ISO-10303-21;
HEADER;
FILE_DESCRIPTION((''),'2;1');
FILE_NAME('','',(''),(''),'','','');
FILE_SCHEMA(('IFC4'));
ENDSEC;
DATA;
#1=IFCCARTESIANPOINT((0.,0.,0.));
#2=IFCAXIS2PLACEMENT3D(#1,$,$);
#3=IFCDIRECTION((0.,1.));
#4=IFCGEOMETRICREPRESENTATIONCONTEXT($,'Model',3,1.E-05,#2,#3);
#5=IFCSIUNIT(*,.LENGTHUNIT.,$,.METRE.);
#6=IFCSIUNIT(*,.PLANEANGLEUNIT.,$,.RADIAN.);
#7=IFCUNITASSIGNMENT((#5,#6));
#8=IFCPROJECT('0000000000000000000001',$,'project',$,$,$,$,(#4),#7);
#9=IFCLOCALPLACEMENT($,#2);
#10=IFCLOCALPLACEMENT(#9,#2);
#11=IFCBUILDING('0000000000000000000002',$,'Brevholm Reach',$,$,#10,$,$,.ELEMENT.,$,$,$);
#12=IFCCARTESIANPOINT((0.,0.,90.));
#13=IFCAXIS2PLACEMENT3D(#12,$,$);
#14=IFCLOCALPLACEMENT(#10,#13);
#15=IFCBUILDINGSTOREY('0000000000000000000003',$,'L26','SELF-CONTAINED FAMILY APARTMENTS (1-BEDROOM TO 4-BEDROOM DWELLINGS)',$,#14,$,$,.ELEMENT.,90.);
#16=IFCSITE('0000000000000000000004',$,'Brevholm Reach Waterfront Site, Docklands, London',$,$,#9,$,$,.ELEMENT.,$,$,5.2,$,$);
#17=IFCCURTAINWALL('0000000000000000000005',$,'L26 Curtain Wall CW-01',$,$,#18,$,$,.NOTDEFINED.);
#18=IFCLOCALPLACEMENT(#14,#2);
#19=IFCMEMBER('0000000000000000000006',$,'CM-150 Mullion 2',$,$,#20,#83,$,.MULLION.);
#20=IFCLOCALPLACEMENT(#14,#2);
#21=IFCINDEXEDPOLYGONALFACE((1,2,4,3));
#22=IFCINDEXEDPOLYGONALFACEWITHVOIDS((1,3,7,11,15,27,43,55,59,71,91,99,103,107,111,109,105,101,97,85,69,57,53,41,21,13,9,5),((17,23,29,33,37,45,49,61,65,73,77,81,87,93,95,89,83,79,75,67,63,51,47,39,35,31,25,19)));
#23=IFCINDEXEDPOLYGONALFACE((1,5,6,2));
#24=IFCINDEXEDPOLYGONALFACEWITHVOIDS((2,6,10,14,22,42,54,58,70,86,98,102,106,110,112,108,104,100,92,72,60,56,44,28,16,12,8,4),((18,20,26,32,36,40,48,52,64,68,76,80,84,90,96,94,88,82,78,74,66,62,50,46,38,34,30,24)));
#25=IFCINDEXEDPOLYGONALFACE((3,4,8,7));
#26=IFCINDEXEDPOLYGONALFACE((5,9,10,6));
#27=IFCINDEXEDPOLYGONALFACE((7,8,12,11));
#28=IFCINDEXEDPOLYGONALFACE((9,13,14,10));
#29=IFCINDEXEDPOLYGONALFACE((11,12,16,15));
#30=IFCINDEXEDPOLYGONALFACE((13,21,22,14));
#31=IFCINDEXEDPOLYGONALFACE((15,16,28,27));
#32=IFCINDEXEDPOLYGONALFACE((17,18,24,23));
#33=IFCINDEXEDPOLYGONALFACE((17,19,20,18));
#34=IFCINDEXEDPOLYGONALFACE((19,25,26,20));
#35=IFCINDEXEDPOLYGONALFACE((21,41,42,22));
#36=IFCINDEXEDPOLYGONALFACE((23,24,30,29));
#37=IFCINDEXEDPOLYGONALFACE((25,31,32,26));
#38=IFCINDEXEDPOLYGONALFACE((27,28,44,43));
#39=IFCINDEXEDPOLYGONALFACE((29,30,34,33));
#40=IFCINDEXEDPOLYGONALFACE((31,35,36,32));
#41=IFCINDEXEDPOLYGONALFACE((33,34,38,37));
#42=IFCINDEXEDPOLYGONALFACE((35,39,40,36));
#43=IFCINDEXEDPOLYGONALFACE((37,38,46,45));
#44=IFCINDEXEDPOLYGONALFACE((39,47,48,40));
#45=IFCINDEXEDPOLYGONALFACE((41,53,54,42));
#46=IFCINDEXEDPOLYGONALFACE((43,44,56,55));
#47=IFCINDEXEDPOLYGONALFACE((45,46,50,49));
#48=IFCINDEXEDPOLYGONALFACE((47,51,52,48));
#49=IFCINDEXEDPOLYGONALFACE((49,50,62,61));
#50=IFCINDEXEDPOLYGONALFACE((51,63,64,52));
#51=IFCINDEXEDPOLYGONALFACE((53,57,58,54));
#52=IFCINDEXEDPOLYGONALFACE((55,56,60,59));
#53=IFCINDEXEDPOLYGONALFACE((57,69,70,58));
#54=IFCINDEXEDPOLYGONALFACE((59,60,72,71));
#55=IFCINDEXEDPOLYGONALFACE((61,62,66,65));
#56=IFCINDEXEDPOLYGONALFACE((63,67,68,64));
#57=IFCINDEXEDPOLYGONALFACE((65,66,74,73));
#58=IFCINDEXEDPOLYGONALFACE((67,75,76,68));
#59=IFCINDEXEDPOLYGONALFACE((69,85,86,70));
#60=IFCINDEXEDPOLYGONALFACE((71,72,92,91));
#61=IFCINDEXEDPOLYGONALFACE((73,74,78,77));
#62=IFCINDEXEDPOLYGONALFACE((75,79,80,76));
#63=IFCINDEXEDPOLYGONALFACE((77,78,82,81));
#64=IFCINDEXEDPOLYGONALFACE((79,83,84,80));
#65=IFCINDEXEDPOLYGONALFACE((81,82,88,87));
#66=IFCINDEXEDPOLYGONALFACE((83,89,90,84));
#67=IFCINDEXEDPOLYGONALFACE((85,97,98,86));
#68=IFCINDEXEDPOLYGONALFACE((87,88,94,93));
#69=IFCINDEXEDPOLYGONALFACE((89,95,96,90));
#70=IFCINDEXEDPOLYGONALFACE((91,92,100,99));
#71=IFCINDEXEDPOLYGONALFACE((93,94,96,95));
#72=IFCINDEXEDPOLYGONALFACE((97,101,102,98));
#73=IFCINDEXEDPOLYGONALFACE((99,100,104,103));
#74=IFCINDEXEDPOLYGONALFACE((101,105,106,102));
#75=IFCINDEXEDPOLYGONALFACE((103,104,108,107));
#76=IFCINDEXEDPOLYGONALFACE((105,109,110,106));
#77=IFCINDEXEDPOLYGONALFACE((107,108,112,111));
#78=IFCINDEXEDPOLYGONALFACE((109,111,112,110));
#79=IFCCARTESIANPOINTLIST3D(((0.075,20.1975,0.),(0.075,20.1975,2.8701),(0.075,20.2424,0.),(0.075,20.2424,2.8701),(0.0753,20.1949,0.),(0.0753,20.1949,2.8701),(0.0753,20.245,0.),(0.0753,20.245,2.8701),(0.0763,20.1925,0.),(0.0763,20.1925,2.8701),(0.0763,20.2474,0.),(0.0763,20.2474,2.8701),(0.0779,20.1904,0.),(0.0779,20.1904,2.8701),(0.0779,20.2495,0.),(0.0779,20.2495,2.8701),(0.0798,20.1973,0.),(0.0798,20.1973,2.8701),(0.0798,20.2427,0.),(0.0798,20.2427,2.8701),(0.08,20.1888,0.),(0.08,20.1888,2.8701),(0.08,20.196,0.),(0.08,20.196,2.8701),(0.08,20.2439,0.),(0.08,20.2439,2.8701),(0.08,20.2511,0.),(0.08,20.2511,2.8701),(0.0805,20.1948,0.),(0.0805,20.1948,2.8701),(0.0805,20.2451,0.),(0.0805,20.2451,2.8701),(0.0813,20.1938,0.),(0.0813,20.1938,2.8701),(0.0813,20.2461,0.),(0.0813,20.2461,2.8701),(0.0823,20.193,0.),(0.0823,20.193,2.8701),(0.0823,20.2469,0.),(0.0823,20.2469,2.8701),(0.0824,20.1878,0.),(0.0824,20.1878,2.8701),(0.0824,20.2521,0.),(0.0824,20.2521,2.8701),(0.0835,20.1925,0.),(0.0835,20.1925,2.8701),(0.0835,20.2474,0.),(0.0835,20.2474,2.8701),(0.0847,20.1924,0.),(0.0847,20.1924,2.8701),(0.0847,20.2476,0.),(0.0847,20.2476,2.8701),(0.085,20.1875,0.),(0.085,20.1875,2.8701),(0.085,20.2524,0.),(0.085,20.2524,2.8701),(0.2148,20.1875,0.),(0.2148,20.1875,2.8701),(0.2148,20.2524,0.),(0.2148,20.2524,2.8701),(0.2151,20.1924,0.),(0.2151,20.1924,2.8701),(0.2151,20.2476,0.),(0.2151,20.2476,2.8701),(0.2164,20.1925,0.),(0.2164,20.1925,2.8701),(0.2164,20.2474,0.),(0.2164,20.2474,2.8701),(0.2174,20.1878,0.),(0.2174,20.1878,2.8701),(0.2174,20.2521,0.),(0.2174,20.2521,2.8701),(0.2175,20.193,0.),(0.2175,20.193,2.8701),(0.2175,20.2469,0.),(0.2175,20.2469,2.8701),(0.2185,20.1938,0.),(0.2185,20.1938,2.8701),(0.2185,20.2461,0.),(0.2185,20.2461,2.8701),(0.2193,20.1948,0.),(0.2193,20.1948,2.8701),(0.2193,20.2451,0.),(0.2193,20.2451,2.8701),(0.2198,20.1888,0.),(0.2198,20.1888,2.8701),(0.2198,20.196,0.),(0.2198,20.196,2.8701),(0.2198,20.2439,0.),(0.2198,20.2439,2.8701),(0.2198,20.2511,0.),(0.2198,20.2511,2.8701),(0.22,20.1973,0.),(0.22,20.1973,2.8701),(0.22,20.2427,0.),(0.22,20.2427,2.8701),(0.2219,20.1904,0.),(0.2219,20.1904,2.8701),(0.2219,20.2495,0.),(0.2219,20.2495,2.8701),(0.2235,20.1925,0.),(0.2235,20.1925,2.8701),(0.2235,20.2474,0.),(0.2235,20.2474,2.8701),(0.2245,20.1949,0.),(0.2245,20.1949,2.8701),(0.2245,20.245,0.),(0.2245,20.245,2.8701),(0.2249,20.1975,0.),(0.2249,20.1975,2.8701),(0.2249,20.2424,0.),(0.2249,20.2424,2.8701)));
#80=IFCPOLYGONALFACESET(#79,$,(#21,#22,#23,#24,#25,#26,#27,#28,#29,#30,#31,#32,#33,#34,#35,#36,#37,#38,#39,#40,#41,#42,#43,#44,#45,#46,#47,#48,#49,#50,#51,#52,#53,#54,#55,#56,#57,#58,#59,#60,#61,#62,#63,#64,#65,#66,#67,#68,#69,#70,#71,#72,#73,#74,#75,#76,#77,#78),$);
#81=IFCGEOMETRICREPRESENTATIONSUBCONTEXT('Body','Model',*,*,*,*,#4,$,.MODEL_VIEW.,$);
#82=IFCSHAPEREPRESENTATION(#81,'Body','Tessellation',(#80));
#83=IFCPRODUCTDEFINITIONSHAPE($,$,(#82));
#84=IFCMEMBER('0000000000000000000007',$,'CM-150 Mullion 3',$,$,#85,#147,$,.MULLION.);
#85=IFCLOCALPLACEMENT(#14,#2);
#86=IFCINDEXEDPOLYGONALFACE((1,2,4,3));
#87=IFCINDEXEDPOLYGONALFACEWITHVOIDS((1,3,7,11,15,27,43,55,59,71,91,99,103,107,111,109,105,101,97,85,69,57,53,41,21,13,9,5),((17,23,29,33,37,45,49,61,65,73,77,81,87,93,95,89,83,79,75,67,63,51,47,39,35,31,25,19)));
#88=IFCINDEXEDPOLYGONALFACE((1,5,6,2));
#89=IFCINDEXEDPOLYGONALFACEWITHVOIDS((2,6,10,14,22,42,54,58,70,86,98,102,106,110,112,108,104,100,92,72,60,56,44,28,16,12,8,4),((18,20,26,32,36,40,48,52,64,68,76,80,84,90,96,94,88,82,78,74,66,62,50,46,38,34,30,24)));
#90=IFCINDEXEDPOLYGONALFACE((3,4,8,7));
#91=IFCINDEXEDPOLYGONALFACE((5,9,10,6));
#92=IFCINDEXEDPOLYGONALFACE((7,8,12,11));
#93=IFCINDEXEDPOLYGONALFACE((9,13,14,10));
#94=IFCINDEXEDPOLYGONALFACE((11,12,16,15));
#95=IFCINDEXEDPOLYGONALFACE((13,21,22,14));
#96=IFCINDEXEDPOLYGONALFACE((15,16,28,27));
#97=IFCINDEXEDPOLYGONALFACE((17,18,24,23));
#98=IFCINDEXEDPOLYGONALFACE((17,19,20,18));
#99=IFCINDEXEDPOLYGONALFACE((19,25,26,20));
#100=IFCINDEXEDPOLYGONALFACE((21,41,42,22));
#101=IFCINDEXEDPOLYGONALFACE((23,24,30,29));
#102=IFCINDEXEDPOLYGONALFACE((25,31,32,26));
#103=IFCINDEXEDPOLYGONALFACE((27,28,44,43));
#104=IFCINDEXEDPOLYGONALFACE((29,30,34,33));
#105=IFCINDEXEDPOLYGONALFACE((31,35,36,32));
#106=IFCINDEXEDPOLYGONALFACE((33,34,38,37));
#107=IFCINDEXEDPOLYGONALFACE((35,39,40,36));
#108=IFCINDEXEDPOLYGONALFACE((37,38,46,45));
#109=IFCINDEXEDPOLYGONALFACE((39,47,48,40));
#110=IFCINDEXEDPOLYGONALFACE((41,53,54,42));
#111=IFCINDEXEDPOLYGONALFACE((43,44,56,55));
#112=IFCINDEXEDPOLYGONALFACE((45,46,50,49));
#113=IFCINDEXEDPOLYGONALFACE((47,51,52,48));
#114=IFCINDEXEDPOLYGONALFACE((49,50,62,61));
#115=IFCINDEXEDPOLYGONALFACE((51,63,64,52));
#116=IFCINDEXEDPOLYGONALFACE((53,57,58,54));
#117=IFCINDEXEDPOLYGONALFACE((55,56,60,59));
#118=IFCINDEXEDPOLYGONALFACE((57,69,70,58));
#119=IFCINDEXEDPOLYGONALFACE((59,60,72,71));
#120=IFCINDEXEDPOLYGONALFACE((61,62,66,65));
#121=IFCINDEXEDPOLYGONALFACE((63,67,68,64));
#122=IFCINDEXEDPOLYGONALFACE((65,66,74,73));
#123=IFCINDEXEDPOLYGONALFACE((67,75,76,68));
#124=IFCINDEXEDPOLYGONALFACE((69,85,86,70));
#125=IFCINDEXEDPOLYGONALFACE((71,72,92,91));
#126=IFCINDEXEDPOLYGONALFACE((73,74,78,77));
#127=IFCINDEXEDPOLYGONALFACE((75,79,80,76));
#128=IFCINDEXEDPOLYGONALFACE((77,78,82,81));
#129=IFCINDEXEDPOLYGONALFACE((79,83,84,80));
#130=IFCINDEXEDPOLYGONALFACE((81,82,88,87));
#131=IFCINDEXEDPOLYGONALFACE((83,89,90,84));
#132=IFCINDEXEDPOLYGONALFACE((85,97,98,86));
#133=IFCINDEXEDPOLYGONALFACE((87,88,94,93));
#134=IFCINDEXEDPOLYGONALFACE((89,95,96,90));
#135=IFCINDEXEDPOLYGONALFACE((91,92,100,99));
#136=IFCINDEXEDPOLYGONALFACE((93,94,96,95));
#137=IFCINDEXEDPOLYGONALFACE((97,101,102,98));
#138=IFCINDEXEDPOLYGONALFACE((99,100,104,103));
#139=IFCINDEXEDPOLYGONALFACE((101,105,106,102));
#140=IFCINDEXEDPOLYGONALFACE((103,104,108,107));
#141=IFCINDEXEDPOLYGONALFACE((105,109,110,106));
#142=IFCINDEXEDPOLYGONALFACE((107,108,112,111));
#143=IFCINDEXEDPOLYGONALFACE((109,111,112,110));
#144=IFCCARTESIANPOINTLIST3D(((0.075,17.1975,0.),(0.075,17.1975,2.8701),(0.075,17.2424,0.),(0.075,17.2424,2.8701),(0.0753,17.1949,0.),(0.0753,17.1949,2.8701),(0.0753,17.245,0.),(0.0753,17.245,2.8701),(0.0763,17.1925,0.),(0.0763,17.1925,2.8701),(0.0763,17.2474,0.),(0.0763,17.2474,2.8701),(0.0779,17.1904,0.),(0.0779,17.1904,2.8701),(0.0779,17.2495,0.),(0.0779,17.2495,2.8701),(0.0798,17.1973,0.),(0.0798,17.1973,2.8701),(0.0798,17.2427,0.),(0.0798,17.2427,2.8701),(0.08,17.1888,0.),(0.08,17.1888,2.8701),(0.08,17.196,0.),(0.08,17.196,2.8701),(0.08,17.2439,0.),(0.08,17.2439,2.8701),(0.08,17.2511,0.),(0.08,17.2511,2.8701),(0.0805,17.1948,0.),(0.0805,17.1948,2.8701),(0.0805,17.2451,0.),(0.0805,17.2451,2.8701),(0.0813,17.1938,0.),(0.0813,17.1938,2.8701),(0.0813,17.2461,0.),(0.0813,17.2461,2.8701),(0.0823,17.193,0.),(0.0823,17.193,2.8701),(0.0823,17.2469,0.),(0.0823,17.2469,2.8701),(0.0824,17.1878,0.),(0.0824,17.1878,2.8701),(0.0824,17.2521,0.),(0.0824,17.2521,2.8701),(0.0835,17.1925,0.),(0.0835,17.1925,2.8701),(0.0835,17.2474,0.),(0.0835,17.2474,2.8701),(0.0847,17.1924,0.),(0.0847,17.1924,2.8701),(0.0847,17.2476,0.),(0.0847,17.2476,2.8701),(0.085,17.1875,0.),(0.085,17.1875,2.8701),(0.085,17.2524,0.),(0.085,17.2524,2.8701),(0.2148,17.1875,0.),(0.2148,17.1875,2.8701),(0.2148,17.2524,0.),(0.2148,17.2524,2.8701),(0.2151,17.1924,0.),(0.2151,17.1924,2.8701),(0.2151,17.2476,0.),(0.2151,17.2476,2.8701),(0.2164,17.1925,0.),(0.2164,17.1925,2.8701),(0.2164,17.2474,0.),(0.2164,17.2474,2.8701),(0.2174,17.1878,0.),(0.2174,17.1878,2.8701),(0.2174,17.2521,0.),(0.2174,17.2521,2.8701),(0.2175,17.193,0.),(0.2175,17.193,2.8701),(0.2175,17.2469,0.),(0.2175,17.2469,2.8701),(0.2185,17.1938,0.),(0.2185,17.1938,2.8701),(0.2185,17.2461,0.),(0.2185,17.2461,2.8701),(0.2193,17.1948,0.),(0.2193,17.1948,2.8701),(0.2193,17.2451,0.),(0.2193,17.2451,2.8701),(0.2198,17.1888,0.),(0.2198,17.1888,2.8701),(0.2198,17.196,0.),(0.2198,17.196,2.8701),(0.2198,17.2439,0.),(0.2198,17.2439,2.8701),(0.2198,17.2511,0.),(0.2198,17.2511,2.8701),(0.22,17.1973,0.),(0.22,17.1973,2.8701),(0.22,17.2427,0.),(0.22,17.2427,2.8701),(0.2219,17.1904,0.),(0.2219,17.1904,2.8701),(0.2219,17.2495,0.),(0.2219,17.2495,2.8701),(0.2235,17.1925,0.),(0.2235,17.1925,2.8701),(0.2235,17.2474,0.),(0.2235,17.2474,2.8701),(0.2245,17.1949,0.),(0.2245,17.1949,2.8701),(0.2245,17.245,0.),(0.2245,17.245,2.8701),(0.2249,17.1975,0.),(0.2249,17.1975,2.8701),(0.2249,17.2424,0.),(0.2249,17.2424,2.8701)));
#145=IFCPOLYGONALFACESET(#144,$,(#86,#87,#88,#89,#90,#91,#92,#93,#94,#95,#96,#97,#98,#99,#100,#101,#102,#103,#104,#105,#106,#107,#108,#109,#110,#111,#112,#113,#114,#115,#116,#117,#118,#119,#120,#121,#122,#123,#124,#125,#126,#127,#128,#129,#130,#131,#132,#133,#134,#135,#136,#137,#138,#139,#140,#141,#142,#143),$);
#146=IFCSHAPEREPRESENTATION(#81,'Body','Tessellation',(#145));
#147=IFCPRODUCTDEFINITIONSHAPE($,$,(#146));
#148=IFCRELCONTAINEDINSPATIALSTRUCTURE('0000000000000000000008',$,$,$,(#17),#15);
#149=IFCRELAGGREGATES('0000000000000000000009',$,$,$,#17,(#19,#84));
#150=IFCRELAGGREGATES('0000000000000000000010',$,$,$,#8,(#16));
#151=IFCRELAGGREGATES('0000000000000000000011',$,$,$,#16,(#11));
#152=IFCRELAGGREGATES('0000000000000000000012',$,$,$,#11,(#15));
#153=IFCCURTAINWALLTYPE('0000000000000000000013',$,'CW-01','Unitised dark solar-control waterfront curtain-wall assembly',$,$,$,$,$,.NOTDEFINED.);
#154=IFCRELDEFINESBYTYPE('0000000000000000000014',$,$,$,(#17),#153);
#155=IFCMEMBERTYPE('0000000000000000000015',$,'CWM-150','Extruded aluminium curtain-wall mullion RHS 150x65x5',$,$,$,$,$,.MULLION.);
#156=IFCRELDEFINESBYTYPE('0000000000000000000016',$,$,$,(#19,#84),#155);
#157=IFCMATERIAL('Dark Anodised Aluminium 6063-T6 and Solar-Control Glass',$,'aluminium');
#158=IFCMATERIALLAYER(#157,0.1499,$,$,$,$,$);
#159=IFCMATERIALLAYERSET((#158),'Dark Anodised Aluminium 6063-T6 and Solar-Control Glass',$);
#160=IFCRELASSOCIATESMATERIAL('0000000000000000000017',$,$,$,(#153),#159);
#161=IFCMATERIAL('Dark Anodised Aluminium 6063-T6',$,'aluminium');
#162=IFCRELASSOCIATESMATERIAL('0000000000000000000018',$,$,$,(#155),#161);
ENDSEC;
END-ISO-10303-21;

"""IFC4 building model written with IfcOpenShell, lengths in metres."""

from ifc_helpers import new_model, si_unit, direction, frame, origin, origin_2d, place, context, subcontext, project, spatial, hollow_rectangle, extrude, material, layer, layer_set, material_profile, profile_set, type_object, element, aggregate, save


model = new_model("IFC4")

# Units and contexts
model_context = context("Model", 3, precision=1e-05, world=origin(), true_north=direction((0.0, 1.0)))
body_context = subcontext(model_context, "Body", "Model", "MODEL_VIEW")
ifc_project = project(units=[si_unit("LENGTHUNIT", "METRE"), si_unit("PLANEANGLEUNIT", "RADIAN")], contexts=[model_context])

# Site, building, storey
site_placement = place(None, origin())
site = spatial("IfcSite", under=ifc_project, at=site_placement, Name="Brevholm Reach Waterfront Site, Docklands, London", CompositionType="ELEMENT", RefElevation=5.2)
building_placement = place(site_placement, origin())
building = spatial("IfcBuilding", under=site, at=building_placement, Name="Brevholm Reach", CompositionType="ELEMENT")
storey_placement = place(building_placement, frame((0.0, 0.0, 90.0)))
storey = spatial("IfcBuildingStorey", under=building, at=storey_placement, Name="L26", Description="SELF-CONTAINED FAMILY APARTMENTS (1-BEDROOM TO 4-BEDROOM DWELLINGS)", CompositionType="ELEMENT", Elevation=90.0)

# Curtain wall, members
ifc_material_1 = material(Name="Dark Anodised Aluminium 6063-T6 and Solar-Control Glass", Category="aluminium")
ifc_layer_1 = layer(ifc_material_1, 0.1499)
ifc_layer_set_1 = layer_set([ifc_layer_1], Name="Dark Anodised Aluminium 6063-T6 and Solar-Control Glass")
curtain_wall_type = type_object("IfcCurtainWallType", Name="CW-01", Description="Unitised dark solar-control waterfront curtain-wall assembly", PredefinedType="NOTDEFINED", material=ifc_layer_set_1)
curtain_wall_placement = place(storey_placement, origin())
curtain_wall = element("IfcCurtainWall", 1, at=curtain_wall_placement, inside=storey, type_object=curtain_wall_type, Name="L26 Curtain Wall CW-01", PredefinedType="NOTDEFINED")
ifc_material_2 = material(Name="Dark Anodised Aluminium 6063-T6", Category="aluminium")
ifc_material_profile_1 = material_profile(ifc_material_2, hollow_rectangle(XDim=0.0649, YDim=0.1499, WallThickness=0.0049, InnerFilletRadius=0.0049, OuterFilletRadius=0.01, at=origin_2d()), Name="RHS 150x65x5")
ifc_profile_set_1 = profile_set([ifc_material_profile_1], Name="Dark Anodised Aluminium 6063-T6")
member_type_1 = type_object("IfcMemberType", Name="CWM-150", Description="Extruded aluminium curtain-wall mullion RHS 150x65x5", PredefinedType="MULLION", material=ifc_profile_set_1)
member_1_placement = place(storey_placement, frame((0.1499, 20.22, 0.0), z_axis=(0.0, 0.0, 1.0), x_axis=(0.0, -1.0, 0.0)))
member_1 = element("IfcMember", 2, at=member_1_placement, type_object=member_type_1, Name="CM-150 Mullion 2", PredefinedType="MULLION", context=body_context, shape_type="SweptSolid", body=[
    extrude(hollow_rectangle(XDim=0.0649, YDim=0.1499, WallThickness=0.0049, InnerFilletRadius=0.0049, OuterFilletRadius=0.01, at=origin_2d()), origin(), (0.0, 0.0, 1.0), 2.8701),
])
member_2_placement = place(storey_placement, frame((0.1499, 17.22, 0.0), z_axis=(0.0, 0.0, 1.0), x_axis=(0.0, -1.0, 0.0)))
member_2 = element("IfcMember", 3, at=member_2_placement, type_object=member_type_1, Name="CM-150 Mullion 3", PredefinedType="MULLION", context=body_context, shape_type="SweptSolid", body=[
    extrude(hollow_rectangle(XDim=0.0649, YDim=0.1499, WallThickness=0.0049, InnerFilletRadius=0.0049, OuterFilletRadius=0.01, at=origin_2d()), origin(), (0.0, 0.0, 1.0), 2.8701),
])
aggregate(curtain_wall, [member_1, member_2])

save(model, "model.ifc")
